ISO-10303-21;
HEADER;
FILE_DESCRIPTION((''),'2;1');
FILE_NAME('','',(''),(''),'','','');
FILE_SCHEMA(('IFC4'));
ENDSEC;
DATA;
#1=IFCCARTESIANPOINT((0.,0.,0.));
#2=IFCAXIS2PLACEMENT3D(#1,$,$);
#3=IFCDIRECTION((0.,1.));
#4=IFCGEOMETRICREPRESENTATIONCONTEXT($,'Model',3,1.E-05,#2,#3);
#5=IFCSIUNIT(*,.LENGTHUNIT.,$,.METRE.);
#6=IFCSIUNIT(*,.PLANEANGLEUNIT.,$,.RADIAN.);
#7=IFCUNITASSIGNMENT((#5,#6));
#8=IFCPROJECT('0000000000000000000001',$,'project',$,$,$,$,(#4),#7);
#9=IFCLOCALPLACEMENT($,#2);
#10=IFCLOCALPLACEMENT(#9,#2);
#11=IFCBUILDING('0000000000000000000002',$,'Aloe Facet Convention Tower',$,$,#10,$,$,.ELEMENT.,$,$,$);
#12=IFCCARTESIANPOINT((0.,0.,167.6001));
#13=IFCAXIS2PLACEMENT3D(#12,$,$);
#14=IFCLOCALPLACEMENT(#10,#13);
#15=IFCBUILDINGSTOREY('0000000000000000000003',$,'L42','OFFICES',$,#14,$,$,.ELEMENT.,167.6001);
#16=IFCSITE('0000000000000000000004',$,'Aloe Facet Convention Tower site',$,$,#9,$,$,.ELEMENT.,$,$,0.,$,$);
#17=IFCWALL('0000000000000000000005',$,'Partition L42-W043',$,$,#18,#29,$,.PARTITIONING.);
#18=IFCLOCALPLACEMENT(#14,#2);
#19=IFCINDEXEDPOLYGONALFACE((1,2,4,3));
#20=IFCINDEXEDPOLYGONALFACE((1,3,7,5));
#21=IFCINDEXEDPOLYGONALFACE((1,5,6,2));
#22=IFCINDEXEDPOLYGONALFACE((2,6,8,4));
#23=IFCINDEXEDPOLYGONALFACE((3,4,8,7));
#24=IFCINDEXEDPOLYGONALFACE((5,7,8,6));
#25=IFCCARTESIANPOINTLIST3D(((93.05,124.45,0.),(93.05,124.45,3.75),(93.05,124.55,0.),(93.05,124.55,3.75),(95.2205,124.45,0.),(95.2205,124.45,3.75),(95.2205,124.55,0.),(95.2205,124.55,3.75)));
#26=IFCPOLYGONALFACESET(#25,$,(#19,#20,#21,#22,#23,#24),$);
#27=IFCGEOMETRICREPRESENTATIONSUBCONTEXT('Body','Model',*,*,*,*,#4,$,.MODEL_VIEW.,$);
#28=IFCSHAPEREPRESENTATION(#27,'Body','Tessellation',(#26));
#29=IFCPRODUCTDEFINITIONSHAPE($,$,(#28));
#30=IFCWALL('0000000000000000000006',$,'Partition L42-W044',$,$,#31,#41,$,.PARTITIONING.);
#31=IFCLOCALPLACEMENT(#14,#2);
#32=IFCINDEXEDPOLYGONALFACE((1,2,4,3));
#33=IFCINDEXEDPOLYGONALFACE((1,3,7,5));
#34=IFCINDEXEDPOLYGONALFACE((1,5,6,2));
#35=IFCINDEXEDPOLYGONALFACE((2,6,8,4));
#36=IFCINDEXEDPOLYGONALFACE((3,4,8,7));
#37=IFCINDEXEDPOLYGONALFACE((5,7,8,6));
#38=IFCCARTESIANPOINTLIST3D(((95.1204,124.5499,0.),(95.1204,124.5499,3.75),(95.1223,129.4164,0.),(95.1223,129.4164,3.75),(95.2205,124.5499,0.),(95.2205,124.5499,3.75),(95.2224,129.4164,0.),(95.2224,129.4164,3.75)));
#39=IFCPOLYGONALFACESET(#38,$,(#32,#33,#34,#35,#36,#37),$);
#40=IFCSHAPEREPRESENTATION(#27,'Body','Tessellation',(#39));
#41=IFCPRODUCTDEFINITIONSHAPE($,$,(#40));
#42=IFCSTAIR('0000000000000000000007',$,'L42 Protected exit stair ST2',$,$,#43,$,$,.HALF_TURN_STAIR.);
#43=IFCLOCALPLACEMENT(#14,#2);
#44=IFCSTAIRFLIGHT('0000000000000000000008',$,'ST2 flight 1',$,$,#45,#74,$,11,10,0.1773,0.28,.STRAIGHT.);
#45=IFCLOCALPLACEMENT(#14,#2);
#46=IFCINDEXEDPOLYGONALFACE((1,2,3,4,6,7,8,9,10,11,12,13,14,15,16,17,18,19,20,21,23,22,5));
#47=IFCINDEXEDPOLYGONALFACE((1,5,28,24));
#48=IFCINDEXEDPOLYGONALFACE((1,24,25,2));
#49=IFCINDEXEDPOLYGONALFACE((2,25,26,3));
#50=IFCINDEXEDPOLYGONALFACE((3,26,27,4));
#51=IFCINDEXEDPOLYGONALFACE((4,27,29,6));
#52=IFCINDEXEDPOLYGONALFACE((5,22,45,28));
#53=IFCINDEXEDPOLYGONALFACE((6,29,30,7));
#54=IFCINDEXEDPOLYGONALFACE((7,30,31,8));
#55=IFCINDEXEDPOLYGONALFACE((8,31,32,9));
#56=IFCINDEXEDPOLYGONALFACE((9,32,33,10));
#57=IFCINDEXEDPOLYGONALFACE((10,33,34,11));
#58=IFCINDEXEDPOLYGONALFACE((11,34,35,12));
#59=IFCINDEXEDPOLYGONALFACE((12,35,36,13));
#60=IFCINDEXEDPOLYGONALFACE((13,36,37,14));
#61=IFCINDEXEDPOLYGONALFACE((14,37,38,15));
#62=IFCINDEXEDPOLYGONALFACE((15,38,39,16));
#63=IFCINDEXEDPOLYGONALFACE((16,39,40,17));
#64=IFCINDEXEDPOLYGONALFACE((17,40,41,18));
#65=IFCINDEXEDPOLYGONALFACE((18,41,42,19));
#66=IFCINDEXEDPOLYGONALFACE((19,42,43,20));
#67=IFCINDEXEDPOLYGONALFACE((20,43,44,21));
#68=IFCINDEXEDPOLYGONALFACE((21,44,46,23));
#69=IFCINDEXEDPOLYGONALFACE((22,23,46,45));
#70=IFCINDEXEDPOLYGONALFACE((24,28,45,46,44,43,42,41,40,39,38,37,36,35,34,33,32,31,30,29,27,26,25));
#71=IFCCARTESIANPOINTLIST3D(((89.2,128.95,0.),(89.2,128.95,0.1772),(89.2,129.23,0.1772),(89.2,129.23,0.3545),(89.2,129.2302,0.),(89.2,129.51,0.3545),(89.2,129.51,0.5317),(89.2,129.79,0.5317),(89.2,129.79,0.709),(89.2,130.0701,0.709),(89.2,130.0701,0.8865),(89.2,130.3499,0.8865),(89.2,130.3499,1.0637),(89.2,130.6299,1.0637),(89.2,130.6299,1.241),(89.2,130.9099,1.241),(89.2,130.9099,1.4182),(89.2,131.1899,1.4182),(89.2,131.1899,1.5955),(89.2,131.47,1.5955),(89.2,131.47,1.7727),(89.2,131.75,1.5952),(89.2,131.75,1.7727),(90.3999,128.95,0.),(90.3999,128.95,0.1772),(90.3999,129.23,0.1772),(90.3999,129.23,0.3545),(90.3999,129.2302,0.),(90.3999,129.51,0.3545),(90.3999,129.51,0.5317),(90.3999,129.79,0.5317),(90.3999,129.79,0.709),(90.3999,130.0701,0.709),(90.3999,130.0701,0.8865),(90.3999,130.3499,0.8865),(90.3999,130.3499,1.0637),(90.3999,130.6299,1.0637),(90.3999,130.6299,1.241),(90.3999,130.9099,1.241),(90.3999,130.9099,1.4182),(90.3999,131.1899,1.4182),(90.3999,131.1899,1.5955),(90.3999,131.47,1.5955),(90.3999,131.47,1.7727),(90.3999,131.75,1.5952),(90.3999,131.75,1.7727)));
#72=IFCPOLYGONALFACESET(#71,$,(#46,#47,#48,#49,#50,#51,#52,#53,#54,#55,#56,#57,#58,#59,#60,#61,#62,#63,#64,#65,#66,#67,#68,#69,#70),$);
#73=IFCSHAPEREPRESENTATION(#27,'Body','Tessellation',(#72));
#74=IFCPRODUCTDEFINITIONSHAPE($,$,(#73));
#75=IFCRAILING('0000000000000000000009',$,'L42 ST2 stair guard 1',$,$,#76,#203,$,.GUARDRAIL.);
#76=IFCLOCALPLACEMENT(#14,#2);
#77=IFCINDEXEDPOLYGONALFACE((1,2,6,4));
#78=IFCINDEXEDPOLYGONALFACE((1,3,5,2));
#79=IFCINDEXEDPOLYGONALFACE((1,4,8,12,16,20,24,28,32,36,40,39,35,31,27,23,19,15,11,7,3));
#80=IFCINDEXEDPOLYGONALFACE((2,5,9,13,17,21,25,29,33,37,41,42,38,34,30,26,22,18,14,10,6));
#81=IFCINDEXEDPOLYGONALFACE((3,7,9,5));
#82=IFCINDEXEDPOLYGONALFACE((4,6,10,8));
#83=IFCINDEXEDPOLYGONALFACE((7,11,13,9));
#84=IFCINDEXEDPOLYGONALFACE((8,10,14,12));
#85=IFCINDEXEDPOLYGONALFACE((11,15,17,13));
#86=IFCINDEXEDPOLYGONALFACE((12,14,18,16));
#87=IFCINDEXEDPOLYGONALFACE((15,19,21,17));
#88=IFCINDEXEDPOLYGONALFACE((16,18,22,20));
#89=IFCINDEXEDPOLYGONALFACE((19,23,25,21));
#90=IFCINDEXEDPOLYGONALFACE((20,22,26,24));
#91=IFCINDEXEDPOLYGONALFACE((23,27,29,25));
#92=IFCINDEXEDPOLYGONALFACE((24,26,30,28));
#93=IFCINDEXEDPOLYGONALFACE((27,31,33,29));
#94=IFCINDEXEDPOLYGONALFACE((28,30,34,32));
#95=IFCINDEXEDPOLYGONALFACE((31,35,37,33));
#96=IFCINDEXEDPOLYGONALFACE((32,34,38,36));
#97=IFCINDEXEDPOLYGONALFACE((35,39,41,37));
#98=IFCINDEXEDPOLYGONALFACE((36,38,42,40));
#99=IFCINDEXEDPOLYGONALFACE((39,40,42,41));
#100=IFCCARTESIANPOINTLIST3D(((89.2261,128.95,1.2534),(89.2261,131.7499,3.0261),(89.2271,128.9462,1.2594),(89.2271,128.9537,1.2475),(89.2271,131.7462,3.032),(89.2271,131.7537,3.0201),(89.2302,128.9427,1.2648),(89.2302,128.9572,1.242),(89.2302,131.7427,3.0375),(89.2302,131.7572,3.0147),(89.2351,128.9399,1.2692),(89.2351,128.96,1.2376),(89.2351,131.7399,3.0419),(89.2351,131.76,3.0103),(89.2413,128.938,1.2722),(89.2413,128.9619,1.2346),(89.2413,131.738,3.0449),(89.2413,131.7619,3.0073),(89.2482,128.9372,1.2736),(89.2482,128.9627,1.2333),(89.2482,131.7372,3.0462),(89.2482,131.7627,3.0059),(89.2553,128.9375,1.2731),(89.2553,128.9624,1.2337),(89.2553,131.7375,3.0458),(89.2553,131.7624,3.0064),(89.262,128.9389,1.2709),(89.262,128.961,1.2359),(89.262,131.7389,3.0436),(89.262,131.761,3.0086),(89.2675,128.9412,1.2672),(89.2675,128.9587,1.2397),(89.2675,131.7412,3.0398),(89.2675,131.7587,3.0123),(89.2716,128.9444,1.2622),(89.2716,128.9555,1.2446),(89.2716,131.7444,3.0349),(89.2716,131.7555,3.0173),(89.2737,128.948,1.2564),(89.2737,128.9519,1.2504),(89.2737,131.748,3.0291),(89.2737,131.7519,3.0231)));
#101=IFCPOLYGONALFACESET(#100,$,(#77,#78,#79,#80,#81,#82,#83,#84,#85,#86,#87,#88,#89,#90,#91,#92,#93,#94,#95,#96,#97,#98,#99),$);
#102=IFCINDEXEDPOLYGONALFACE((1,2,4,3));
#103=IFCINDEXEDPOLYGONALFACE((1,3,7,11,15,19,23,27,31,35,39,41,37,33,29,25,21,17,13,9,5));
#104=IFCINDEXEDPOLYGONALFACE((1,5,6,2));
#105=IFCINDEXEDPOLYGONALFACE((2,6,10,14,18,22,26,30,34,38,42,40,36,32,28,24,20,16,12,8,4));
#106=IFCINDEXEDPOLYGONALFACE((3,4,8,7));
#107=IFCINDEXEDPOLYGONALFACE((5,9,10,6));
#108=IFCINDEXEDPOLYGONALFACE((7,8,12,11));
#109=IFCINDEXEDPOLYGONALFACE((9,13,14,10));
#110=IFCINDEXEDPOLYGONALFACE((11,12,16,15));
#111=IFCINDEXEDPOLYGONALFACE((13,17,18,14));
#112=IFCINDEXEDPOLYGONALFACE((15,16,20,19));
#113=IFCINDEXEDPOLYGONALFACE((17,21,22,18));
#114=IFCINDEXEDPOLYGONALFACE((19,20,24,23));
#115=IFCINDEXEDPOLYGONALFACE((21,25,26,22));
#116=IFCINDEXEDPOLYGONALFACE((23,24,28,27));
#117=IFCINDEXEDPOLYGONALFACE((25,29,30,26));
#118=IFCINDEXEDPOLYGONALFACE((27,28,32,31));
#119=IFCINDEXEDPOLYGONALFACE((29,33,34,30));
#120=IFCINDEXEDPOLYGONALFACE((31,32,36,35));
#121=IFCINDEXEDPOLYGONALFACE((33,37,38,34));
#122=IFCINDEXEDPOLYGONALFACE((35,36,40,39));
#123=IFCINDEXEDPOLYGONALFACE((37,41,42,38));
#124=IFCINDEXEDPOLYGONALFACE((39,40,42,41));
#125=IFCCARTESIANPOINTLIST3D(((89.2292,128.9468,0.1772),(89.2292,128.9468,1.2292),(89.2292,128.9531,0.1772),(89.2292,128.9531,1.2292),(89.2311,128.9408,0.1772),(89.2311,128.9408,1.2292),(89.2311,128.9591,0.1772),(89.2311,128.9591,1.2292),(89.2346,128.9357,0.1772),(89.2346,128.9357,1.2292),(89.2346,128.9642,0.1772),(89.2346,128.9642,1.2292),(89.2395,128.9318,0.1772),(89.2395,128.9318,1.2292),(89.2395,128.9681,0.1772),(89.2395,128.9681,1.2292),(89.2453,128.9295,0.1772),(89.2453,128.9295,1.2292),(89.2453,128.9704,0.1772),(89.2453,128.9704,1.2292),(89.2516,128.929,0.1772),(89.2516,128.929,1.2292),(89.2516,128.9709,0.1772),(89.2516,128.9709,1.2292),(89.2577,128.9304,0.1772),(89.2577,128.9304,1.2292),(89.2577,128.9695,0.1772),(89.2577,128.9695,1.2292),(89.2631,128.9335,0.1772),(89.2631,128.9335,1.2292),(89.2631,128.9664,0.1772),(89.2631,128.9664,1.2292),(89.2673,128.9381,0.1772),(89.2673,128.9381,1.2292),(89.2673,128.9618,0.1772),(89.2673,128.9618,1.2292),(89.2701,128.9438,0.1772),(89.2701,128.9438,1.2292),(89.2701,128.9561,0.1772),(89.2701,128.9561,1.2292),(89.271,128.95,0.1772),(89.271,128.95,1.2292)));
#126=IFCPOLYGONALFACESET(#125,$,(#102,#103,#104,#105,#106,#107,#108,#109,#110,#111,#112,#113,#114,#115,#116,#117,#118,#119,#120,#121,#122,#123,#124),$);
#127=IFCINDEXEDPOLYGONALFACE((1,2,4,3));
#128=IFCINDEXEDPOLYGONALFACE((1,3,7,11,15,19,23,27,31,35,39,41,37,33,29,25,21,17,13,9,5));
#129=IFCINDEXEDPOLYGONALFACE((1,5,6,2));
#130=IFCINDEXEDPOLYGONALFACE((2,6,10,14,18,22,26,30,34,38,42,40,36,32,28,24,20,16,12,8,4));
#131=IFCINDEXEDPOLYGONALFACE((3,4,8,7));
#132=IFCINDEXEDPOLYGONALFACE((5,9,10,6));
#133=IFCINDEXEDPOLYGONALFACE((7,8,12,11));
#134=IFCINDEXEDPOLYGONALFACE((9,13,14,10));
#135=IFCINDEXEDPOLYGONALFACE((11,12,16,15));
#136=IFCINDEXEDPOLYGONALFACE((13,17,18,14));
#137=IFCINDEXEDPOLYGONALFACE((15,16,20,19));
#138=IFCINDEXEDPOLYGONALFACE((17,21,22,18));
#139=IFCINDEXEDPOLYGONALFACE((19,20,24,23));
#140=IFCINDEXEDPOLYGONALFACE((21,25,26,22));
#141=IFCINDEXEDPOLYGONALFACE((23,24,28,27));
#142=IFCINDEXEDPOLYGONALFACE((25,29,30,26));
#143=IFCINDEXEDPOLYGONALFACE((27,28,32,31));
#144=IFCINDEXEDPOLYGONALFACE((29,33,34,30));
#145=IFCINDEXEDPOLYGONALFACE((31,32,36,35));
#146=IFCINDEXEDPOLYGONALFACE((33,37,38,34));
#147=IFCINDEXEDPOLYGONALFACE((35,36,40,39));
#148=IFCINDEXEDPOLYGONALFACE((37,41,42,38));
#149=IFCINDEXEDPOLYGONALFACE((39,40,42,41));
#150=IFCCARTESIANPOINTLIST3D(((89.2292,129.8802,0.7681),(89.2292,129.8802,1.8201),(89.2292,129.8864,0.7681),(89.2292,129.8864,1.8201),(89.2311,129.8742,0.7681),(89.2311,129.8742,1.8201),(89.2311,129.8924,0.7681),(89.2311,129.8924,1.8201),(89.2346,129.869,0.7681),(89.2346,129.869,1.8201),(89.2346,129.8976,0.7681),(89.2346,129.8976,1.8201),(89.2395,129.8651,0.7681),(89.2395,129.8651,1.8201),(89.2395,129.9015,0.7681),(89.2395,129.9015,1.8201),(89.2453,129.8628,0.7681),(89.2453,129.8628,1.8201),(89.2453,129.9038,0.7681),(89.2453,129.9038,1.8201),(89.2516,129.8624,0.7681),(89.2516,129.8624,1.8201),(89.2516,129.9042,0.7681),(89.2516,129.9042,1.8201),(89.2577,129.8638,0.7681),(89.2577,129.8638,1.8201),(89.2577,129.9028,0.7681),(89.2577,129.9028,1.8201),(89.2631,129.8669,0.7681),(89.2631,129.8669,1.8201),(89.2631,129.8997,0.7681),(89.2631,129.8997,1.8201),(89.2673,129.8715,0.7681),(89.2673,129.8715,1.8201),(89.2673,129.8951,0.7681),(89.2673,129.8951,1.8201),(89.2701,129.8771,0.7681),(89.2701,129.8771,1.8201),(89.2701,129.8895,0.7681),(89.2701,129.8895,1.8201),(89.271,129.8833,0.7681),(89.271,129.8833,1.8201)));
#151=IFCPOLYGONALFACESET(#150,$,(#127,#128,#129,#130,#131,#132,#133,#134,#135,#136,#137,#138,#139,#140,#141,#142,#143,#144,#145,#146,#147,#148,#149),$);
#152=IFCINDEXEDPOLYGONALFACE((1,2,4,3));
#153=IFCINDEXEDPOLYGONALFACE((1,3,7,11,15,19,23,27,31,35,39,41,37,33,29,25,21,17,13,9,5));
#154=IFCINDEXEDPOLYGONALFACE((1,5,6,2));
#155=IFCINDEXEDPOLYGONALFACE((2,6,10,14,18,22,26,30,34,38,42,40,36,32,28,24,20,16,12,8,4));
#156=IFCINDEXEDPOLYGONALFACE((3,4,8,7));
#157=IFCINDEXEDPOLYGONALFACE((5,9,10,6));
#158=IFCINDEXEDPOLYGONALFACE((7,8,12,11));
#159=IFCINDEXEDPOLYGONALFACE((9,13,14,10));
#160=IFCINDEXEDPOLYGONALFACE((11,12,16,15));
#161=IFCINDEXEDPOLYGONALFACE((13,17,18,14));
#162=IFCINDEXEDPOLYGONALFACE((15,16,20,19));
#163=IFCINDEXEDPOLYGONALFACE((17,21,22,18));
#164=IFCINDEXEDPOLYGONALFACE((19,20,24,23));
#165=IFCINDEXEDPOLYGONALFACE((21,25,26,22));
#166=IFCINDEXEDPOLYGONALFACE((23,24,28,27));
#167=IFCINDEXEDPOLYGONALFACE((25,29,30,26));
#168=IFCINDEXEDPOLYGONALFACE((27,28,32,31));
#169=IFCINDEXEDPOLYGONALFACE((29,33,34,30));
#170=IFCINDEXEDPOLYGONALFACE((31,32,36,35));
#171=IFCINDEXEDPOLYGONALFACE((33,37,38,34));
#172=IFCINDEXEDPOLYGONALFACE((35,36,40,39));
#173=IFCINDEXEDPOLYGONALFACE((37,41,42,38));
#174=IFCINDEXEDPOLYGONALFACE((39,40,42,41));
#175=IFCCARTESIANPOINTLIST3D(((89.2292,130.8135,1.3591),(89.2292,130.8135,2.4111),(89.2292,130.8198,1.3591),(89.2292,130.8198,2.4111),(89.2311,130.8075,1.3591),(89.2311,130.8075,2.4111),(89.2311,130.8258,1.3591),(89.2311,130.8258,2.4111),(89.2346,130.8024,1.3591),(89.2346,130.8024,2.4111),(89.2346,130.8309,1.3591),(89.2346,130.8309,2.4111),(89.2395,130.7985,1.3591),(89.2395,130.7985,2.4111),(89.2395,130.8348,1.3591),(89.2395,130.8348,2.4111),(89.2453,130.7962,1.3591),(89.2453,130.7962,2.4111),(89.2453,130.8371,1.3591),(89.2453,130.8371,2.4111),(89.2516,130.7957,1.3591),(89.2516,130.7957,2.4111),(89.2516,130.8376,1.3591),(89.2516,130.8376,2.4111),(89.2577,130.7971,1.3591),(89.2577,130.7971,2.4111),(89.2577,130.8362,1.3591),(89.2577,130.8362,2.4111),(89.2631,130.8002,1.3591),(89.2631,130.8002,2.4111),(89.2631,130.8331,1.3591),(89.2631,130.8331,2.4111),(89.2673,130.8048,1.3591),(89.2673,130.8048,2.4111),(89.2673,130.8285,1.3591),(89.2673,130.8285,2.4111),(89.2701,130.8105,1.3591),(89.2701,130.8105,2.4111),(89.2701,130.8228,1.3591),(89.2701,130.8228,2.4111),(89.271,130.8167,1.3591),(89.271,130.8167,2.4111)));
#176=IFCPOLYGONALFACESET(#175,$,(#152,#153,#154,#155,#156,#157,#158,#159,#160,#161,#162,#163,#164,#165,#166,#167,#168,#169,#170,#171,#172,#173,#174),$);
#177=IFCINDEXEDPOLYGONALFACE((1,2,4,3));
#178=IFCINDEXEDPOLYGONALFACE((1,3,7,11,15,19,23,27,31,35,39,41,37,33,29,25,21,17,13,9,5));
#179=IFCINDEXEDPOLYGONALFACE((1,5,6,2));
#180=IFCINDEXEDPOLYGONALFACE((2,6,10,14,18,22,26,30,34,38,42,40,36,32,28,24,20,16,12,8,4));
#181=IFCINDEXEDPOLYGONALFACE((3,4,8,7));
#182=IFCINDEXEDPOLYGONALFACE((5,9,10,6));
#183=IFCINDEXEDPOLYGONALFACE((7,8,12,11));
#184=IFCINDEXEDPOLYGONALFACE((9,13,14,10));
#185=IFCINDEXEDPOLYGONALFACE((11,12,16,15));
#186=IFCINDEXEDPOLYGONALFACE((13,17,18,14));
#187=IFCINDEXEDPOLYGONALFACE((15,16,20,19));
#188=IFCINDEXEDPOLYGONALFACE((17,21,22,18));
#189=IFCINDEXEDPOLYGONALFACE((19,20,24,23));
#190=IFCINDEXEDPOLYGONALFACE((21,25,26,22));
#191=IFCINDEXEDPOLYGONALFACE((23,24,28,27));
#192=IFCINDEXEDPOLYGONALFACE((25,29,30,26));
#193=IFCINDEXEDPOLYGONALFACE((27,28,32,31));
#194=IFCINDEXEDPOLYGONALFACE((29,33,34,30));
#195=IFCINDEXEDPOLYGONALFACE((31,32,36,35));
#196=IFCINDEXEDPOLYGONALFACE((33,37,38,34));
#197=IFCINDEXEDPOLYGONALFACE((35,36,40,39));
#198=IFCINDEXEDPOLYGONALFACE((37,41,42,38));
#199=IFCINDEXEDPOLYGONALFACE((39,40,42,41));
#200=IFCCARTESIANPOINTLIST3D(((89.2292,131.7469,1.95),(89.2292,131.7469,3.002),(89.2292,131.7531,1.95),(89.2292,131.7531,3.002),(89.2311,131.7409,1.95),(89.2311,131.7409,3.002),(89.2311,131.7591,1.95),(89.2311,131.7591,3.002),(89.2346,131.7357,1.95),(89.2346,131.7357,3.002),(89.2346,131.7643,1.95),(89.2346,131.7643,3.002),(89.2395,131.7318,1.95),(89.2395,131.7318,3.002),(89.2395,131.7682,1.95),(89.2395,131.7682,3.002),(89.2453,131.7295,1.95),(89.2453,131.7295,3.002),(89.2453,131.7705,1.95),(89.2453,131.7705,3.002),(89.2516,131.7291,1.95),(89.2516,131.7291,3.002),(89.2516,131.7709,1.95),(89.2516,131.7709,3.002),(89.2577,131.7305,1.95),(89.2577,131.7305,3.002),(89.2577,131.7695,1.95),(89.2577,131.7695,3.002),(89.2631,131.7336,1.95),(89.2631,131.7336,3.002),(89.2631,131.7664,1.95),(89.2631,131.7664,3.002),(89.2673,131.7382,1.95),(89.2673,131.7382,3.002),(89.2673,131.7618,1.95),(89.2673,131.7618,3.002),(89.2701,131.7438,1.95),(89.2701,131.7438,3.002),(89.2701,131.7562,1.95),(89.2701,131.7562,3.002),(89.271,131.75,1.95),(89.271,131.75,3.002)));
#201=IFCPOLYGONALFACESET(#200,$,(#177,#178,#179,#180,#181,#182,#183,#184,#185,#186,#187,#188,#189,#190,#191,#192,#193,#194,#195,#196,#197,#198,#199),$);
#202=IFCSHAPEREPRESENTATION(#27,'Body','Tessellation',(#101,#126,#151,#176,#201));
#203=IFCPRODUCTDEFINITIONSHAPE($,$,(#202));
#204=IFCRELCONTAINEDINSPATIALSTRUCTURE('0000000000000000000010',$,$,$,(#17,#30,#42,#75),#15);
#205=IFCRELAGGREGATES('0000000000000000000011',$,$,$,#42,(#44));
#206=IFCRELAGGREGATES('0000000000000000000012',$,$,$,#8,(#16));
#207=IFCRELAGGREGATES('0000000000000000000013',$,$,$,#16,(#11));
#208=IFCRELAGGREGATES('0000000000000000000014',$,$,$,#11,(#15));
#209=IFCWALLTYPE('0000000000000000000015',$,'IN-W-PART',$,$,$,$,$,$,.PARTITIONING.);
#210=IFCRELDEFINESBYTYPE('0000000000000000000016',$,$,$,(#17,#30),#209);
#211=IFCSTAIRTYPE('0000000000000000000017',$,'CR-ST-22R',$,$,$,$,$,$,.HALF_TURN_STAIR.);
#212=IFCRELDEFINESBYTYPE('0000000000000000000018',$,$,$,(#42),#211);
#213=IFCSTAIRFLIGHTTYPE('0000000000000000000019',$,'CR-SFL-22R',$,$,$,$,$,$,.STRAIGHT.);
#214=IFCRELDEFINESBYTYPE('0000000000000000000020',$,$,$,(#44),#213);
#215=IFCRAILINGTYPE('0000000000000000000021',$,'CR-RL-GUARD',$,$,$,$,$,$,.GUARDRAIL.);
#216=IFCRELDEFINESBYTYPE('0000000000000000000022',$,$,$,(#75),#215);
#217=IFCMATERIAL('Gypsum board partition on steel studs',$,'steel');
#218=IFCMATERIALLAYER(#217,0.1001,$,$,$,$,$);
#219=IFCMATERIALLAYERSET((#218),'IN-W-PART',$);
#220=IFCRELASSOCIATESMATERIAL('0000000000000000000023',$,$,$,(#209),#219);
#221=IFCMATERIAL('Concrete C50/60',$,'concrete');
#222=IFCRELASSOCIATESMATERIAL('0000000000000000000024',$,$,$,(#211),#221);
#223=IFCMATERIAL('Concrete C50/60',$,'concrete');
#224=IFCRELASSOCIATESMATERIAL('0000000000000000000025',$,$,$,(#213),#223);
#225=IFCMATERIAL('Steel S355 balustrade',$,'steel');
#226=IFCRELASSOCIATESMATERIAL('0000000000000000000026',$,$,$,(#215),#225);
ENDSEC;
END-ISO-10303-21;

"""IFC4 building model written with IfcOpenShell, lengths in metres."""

from ifc_helpers import new_model, si_unit, direction, frame, frame_2d, origin, origin_2d, place, context, subcontext, project, spatial, polyline, rectangle, circle, outline, extrude, material, layer, layer_set, type_object, element, aggregate, save


model = new_model("IFC4")

# Units and contexts
model_context = context("Model", 3, precision=1e-05, world=origin(), true_north=direction((0.0, 1.0)))
body_context = subcontext(model_context, "Body", "Model", "MODEL_VIEW")
ifc_project = project(units=[si_unit("LENGTHUNIT", "METRE"), si_unit("PLANEANGLEUNIT", "RADIAN")], contexts=[model_context])

# Site, building, storey
site_placement = place(None, origin())
site = spatial("IfcSite", under=ifc_project, at=site_placement, Name="Aloe Facet Convention Tower site", CompositionType="ELEMENT", RefElevation=0.0)
building_placement = place(site_placement, origin())
building = spatial("IfcBuilding", under=site, at=building_placement, Name="Aloe Facet Convention Tower", CompositionType="ELEMENT")
storey_placement = place(building_placement, frame((0.0, 0.0, 167.6001)))
storey = spatial("IfcBuildingStorey", under=building, at=storey_placement, Name="L42", Description="OFFICES", CompositionType="ELEMENT", Elevation=167.6001)

# Walls
ifc_material_1 = material(Name="Gypsum board partition on steel studs", Category="steel")
ifc_layer = layer(ifc_material_1, 0.1001)
ifc_layer_set = layer_set([ifc_layer], Name="IN-W-PART")
wall_type = type_object("IfcWallType", Name="IN-W-PART", PredefinedType="PARTITIONING", material=ifc_layer_set)
wall_1_placement = place(storey_placement, frame((93.05, 124.5, 0.0), z_axis=(0.0, 0.0, 1.0), x_axis=(1.0, 0.0, 0.0)))
element("IfcWall", 1, at=wall_1_placement, inside=storey, type_object=wall_type, Name="Partition L42-W043", PredefinedType="PARTITIONING", context=body_context, shape_type="SweptSolid", body=[
    extrude(rectangle(XDim=2.1704, YDim=0.1001, at=frame_2d((1.0852, 0.0))), origin(), (0.0, 0.0, 1.0), 3.75),
])
wall_2_placement = place(storey_placement, frame((95.1704, 124.55, 0.0), z_axis=(0.0, 0.0, 1.0), x_axis=(0.000401, 1.0, 0.0)))
element("IfcWall", 2, at=wall_2_placement, inside=storey, type_object=wall_type, Name="Partition L42-W044", PredefinedType="PARTITIONING", context=body_context, shape_type="SweptSolid", body=[
    extrude(rectangle(XDim=4.8665, YDim=0.1001, at=frame_2d((2.4331, 0.0))), origin(), (0.0, 0.0, 1.0), 3.75),
])

# Stair, stair flight
ifc_material_2 = material(Name="Concrete C50/60", Category="concrete")
stair_type = type_object("IfcStairType", Name="CR-ST-22R", PredefinedType="HALF_TURN_STAIR", material=ifc_material_2)
stair_placement = place(storey_placement, origin())
stair = element("IfcStair", 3, at=stair_placement, inside=storey, type_object=stair_type, Name="L42 Protected exit stair ST2", PredefinedType="HALF_TURN_STAIR")
ifc_material_3 = material(Name="Concrete C50/60", Category="concrete")
stair_flight_type = type_object("IfcStairFlightType", Name="CR-SFL-22R", PredefinedType="STRAIGHT", material=ifc_material_3)
stair_flight_placement = place(storey_placement, frame((89.8, 128.95, 0.0), z_axis=(0.0, 0.0, 1.0), x_axis=(0.0, 1.0, 0.0)))
stair_flight = element("IfcStairFlight", 4, at=stair_flight_placement, type_object=stair_flight_type, Name="ST2 flight 1", NumberOfRisers=11, NumberOfTreads=10, PredefinedType="STRAIGHT", RiserHeight=0.1773, TreadLength=0.28, context=body_context, shape_type="SweptSolid", body=[
    extrude(outline(polyline([(0.0, 0.0), (0.0, 0.1772), (0.28, 0.1772), (0.28, 0.3545), (0.5601, 0.3545), (0.5601, 0.5317), (0.8401, 0.5317), (0.8401, 0.709), (1.1201, 0.709), (1.1201, 0.8865), (1.3999, 0.8865), (1.3999, 1.0637), (1.6799, 1.0637), (1.6799, 1.241), (1.96, 1.241), (1.96, 1.4182), (2.24, 1.4182), (2.24, 1.5955), (2.52, 1.5955), (2.52, 1.7727), (2.8, 1.7727), (2.8, 1.95), (2.8, 1.5952), (0.2803, 0.0), (0.0, 0.0)])), frame((0.0, 0.6001, 0.0), z_axis=(0.0, -1.0, 0.0), x_axis=(1.0, 0.0, 0.0)), (0.0, 0.0, 1.0), 1.2),
])
aggregate(stair, [stair_flight])

# Railing
ifc_material_4 = material(Name="Steel S355 balustrade", Category="steel")
railing_type_1 = type_object("IfcRailingType", Name="CR-RL-GUARD", PredefinedType="GUARDRAIL", material=ifc_material_4)
railing_1_placement = place(storey_placement, frame((89.25, 128.95, 0.1772)))
element("IfcRailing", 5, at=railing_1_placement, inside=storey, type_object=railing_type_1, Name="L42 ST2 stair guard 1", PredefinedType="GUARDRAIL", context=body_context, shape_type="SweptSolid", body=[
    extrude(circle(Radius=0.0239, at=origin_2d()), frame((0.0, 0.0, 1.0762), z_axis=(0.0, 0.844909, 0.53491), x_axis=(-1.0, 0.0, 0.0)), (0.0, 0.0, 1.0), 3.314),
    extrude(circle(Radius=0.021, at=origin_2d()), origin(), (0.0, 0.0, 1.0), 1.052),
    extrude(circle(Radius=0.021, at=origin_2d()), frame((0.0, 0.9333, 0.5908)), (0.0, 0.0, 1.0), 1.052),
    extrude(circle(Radius=0.021, at=origin_2d()), frame((0.0, 1.8667, 1.1819)), (0.0, 0.0, 1.0), 1.052),
    extrude(circle(Radius=0.021, at=origin_2d()), frame((0.0, 2.8, 1.7727)), (0.0, 0.0, 1.0), 1.052),
])

save(model, "model.ifc")
